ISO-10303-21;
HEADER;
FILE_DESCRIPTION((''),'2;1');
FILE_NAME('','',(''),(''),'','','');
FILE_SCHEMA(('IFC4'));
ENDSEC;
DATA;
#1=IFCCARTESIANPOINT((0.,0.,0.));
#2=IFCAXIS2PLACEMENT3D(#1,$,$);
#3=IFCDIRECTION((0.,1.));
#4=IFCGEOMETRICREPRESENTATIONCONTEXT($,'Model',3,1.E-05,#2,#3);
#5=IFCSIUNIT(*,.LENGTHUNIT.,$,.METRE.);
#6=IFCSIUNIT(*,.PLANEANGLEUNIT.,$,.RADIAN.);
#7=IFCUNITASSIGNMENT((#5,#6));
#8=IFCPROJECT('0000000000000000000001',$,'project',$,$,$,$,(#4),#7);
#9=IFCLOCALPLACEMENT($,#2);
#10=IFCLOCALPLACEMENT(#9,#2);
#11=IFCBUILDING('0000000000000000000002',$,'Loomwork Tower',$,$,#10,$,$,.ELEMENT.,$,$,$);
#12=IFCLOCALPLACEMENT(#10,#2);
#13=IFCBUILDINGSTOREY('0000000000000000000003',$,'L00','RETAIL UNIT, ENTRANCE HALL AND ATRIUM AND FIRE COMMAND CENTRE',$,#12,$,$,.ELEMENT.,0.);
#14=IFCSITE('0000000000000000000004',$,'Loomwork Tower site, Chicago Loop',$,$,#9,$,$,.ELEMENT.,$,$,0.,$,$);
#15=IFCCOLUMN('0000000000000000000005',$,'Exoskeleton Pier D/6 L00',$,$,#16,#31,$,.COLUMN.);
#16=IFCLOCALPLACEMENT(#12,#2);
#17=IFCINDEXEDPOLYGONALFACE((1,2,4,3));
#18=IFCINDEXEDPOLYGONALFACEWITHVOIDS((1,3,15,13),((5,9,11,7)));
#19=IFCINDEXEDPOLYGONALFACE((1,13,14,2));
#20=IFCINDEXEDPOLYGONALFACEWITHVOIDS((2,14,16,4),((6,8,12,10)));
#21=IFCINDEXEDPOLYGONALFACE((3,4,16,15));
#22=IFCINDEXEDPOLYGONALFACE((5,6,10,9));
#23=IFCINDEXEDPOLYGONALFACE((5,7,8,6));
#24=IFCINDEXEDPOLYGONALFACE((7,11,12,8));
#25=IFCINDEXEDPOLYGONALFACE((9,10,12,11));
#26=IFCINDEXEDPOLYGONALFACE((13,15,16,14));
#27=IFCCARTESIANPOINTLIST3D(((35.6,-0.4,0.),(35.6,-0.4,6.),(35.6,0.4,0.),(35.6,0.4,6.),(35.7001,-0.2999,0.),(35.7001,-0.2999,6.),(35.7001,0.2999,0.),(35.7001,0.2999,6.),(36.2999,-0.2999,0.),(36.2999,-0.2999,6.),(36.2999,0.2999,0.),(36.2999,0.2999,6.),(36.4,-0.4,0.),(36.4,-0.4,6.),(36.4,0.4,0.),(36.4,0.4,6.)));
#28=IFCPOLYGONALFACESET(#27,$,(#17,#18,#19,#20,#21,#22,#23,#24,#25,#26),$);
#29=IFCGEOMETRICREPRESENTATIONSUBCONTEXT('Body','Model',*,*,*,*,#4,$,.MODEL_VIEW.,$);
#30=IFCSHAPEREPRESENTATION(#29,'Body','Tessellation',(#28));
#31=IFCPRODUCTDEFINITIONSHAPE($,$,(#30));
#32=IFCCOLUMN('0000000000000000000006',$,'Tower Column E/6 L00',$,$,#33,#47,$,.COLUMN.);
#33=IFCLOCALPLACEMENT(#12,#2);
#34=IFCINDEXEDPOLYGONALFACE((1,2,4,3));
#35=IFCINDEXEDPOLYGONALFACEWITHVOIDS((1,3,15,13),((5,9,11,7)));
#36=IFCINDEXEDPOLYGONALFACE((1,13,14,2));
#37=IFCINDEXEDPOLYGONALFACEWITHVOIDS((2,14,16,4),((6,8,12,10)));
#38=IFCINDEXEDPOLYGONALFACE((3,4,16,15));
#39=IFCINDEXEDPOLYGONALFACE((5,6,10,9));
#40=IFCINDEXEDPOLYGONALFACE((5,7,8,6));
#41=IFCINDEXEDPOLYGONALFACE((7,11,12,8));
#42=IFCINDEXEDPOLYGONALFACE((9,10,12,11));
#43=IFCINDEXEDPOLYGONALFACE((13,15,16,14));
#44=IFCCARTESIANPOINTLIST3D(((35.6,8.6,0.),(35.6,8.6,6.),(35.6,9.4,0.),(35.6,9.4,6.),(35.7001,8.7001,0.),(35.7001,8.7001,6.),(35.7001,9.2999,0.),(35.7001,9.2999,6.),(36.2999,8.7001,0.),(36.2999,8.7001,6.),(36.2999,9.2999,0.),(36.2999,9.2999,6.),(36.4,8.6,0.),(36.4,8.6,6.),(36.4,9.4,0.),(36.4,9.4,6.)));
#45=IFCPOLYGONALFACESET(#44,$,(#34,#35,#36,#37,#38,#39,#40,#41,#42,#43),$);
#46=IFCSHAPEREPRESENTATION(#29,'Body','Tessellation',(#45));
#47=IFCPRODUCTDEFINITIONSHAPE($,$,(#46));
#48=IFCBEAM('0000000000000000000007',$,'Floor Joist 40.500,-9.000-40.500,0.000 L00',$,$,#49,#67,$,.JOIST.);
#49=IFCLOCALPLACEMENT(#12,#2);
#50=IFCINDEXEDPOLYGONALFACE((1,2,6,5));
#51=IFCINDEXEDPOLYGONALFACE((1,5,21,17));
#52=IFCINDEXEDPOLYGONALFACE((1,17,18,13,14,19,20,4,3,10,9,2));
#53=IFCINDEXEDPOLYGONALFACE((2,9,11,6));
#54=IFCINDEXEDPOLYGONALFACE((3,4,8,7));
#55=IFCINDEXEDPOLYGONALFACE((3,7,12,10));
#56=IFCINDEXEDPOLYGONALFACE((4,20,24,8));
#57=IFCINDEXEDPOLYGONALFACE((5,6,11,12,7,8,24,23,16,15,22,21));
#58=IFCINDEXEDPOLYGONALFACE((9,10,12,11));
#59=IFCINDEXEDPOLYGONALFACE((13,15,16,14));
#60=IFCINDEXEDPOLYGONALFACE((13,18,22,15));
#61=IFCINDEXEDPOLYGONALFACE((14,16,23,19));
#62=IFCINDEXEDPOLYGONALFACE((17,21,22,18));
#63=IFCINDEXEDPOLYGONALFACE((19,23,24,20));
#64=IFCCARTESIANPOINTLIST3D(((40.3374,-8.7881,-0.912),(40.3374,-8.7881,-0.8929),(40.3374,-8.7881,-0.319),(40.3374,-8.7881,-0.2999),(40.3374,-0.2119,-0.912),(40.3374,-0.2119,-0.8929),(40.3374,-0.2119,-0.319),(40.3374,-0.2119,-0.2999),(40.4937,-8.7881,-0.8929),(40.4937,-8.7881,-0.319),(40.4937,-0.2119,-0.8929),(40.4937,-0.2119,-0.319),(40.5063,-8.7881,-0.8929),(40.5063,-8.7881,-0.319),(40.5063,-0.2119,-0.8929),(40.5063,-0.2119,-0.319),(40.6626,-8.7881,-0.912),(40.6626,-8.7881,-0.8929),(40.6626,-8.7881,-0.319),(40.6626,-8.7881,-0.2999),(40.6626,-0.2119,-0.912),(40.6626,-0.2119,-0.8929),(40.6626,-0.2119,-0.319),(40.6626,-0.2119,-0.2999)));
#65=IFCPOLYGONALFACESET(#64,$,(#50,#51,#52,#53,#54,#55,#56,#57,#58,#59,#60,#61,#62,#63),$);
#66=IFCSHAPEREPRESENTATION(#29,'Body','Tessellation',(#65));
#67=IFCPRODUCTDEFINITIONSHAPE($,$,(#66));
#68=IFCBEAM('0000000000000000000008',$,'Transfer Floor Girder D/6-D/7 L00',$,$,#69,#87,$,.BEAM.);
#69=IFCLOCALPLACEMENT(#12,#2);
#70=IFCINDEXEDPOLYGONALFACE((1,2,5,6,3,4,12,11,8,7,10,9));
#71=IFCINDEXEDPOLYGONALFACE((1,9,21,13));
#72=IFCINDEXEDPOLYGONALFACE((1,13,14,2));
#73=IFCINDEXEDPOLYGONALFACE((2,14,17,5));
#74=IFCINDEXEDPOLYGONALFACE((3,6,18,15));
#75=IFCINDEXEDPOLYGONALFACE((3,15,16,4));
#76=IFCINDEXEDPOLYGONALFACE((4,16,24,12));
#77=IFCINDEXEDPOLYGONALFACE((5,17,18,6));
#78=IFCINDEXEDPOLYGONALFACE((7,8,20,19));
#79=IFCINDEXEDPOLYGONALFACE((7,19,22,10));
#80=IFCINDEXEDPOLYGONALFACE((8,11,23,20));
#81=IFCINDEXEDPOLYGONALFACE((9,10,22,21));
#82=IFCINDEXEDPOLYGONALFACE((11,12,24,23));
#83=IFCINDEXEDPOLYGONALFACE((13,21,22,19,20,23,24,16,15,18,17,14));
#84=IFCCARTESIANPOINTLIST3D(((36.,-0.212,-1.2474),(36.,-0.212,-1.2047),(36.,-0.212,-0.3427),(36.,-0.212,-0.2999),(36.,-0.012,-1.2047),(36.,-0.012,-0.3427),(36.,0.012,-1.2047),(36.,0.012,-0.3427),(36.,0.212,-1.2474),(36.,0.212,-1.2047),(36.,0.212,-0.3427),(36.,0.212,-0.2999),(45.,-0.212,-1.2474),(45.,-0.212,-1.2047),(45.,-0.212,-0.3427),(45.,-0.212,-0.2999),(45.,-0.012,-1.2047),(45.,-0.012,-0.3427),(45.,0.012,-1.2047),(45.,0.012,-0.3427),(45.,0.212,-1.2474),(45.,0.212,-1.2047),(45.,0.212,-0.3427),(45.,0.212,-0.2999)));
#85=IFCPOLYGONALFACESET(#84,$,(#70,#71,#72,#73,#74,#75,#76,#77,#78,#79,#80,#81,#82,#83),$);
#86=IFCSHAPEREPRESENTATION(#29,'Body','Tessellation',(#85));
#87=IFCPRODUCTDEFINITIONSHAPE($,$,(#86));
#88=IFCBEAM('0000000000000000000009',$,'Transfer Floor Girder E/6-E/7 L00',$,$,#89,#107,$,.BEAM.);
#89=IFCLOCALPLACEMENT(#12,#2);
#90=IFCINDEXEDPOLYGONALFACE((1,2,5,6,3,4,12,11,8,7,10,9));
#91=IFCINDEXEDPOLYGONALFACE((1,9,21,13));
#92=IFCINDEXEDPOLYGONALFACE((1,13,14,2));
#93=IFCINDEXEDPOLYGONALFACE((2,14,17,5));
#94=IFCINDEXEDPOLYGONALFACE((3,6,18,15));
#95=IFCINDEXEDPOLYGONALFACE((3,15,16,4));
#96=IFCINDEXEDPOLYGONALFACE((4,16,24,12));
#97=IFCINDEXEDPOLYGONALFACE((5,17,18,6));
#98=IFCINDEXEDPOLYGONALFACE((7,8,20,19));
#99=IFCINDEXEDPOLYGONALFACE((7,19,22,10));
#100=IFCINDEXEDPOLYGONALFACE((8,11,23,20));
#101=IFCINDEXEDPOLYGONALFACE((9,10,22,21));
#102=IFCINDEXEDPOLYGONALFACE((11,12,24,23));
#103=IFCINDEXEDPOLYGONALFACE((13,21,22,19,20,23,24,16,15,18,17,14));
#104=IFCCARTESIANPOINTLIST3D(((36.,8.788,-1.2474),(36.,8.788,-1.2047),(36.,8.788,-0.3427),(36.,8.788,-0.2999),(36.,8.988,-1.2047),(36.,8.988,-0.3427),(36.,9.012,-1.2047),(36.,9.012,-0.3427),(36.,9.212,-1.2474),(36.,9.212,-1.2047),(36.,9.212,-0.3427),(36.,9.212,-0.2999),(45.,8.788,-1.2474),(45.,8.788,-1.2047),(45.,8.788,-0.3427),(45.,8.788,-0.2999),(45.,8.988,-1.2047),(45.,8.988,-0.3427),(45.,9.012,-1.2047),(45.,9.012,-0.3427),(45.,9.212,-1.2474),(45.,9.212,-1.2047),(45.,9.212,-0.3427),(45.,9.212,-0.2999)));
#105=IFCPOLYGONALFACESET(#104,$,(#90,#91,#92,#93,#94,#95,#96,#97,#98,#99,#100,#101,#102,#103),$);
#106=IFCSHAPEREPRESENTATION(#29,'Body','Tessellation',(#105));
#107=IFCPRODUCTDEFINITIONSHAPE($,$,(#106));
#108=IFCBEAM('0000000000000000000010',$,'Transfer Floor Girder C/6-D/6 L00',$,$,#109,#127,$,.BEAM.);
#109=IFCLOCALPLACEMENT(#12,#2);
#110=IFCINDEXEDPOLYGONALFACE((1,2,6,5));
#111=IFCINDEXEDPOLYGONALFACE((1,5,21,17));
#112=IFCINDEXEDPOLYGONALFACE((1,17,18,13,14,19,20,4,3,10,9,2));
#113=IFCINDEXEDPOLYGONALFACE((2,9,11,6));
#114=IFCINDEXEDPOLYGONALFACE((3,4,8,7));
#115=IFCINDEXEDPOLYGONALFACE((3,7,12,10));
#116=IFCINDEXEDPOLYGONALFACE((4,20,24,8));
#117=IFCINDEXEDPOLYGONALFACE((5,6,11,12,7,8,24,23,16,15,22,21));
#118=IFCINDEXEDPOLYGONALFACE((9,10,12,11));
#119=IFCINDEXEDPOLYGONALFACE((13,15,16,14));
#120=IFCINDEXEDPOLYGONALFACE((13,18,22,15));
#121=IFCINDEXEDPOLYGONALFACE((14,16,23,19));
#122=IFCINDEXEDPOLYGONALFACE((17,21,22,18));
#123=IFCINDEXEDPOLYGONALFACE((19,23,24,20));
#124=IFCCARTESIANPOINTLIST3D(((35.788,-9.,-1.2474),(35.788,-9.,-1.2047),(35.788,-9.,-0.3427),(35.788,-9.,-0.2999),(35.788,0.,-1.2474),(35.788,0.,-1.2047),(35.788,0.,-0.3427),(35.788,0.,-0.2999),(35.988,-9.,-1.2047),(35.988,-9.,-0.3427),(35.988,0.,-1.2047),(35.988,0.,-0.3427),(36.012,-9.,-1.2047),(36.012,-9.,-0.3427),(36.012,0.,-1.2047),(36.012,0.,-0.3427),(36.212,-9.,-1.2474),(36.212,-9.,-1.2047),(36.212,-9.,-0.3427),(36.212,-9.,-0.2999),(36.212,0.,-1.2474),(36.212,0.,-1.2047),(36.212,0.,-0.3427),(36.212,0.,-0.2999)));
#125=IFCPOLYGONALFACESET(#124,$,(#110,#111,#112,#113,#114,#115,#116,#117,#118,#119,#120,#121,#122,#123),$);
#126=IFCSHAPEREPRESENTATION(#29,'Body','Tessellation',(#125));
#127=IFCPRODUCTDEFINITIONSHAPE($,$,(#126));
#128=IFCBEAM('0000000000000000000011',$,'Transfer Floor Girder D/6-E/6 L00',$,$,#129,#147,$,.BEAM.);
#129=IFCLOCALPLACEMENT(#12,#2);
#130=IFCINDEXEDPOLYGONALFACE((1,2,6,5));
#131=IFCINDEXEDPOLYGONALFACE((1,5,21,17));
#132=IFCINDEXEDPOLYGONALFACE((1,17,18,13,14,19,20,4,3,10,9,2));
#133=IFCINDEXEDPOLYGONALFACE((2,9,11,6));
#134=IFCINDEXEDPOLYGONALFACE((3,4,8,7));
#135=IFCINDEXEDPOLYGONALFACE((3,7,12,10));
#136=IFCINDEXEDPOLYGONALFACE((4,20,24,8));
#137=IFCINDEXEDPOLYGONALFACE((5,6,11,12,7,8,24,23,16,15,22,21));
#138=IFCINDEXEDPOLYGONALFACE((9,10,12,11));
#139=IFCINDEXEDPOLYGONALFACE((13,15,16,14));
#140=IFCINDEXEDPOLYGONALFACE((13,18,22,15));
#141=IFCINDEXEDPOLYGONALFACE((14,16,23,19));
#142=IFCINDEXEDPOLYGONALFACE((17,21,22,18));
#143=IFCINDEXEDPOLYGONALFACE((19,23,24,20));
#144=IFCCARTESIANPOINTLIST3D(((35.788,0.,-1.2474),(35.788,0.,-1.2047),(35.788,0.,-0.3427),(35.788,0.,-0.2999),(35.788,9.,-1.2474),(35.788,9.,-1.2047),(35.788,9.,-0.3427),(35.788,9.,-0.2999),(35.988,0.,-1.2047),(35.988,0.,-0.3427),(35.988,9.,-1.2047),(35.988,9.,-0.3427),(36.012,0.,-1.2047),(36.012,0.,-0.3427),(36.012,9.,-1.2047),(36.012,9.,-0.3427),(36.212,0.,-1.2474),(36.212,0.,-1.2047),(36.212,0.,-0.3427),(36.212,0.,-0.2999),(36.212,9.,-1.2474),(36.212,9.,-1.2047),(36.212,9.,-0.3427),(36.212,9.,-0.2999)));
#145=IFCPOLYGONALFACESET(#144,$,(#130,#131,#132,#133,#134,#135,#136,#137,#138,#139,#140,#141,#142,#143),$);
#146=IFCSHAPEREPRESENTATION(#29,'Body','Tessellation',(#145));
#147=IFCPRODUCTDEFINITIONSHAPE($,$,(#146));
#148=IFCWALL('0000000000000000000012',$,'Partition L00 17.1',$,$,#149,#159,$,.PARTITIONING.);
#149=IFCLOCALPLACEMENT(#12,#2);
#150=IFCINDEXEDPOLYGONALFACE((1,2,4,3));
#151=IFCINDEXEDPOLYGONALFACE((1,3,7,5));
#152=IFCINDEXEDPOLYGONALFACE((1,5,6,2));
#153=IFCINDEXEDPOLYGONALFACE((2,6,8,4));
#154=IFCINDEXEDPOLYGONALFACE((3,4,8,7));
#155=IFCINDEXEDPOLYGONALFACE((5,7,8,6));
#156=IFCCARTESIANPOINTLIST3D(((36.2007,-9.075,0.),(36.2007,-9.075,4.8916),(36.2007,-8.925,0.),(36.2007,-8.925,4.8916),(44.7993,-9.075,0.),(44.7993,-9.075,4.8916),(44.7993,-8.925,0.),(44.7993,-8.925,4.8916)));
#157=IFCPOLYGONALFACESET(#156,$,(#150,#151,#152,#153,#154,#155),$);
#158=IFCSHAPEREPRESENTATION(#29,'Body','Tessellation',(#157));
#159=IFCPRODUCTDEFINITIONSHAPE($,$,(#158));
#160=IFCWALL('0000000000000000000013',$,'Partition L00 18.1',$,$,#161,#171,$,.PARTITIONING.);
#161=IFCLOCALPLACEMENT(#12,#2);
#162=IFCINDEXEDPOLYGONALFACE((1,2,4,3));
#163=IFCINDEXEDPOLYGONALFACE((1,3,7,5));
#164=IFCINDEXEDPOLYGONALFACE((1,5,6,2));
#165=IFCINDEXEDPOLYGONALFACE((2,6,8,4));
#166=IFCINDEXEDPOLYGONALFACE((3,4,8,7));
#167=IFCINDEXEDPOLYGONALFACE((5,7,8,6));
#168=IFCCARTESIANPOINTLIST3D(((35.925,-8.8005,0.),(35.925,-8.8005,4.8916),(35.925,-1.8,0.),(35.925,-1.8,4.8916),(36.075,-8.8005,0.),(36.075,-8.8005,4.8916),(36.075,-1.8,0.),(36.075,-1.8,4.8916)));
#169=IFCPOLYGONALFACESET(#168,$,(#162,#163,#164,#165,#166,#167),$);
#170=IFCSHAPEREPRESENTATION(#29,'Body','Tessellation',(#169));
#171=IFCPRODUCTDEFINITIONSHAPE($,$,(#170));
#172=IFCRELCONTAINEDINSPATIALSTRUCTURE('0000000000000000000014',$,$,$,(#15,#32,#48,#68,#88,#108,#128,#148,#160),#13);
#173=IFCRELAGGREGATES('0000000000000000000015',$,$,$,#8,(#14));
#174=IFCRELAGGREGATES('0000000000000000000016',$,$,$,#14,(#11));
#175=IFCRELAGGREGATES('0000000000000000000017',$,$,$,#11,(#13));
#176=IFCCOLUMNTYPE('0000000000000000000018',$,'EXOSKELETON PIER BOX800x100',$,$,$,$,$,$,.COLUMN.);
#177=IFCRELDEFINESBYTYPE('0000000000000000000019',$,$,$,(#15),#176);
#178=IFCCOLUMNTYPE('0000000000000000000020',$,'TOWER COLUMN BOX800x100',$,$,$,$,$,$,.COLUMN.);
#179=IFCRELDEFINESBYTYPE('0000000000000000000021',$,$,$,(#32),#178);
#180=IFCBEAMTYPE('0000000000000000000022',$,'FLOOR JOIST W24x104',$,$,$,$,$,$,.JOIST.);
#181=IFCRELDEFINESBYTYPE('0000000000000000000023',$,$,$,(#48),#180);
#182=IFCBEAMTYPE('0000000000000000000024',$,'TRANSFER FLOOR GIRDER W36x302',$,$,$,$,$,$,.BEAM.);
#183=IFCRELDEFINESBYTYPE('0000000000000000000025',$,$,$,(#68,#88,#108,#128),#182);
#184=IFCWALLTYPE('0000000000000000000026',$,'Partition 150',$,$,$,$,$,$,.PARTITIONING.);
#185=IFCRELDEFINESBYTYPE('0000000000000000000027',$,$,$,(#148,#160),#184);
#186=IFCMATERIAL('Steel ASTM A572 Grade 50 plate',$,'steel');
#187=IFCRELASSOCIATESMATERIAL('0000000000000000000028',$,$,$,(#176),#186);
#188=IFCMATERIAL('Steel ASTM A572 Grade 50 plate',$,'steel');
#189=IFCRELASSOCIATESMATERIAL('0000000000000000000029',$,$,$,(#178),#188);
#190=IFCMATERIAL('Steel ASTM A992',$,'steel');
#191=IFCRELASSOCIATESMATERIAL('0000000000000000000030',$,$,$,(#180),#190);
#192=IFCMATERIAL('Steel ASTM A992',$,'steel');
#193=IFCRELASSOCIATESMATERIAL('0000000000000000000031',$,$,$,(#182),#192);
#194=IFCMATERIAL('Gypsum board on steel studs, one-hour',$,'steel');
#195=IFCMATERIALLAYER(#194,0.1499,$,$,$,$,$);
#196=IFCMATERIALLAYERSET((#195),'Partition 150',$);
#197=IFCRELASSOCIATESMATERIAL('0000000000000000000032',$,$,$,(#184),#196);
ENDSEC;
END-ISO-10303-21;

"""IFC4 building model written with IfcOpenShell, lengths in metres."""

from ifc_helpers import new_model, si_unit, direction, frame, frame_2d, origin, origin_2d, place, context, subcontext, project, spatial, rectangle, hollow_rectangle, i_section, extrude, material, layer, layer_set, material_profile, profile_set, type_object, element, save


model = new_model("IFC4")

# Units and contexts
model_context = context("Model", 3, precision=1e-05, world=origin(), true_north=direction((0.0, 1.0)))
body_context = subcontext(model_context, "Body", "Model", "MODEL_VIEW")
ifc_project = project(units=[si_unit("LENGTHUNIT", "METRE"), si_unit("PLANEANGLEUNIT", "RADIAN")], contexts=[model_context])

# Site, building, storey
site_placement = place(None, origin())
site = spatial("IfcSite", under=ifc_project, at=site_placement, Name="Loomwork Tower site, Chicago Loop", CompositionType="ELEMENT", RefElevation=0.0)
building_placement = place(site_placement, origin())
building = spatial("IfcBuilding", under=site, at=building_placement, Name="Loomwork Tower", CompositionType="ELEMENT")
storey_placement = place(building_placement, origin())
storey = spatial("IfcBuildingStorey", under=building, at=storey_placement, Name="L00", Description="RETAIL UNIT, ENTRANCE HALL AND ATRIUM AND FIRE COMMAND CENTRE", CompositionType="ELEMENT", Elevation=0.0)

# Columns
ifc_material_1 = material(Name="Steel ASTM A572 Grade 50 plate", Category="steel")
ifc_material_profile_1 = material_profile(ifc_material_1, hollow_rectangle(XDim=0.8, YDim=0.8, WallThickness=0.1001, at=origin_2d()), Name="BOX800x100")
ifc_profile_set_1 = profile_set([ifc_material_profile_1], Name="Steel ASTM A572 Grade 50 plate")
column_type_1 = type_object("IfcColumnType", Name="EXOSKELETON PIER BOX800x100", PredefinedType="COLUMN", material=ifc_profile_set_1)
column_1_placement = place(storey_placement, frame((36.0, 0.0, 0.0), z_axis=(0.0, 0.0, 1.0), x_axis=(1.0, 0.0, 0.0)))
element("IfcColumn", 1, at=column_1_placement, inside=storey, type_object=column_type_1, Name="Exoskeleton Pier D/6 L00", PredefinedType="COLUMN", context=body_context, shape_type="SweptSolid", body=[
    extrude(hollow_rectangle(XDim=0.8, YDim=0.8, WallThickness=0.1001, at=origin_2d()), origin(), (0.0, 0.0, 1.0), 6.0),
])
ifc_material_2 = material(Name="Steel ASTM A572 Grade 50 plate", Category="steel")
ifc_material_profile_2 = material_profile(ifc_material_2, hollow_rectangle(XDim=0.8, YDim=0.8, WallThickness=0.1001, at=origin_2d()), Name="BOX800x100")
ifc_profile_set_2 = profile_set([ifc_material_profile_2], Name="Steel ASTM A572 Grade 50 plate")
column_type_2 = type_object("IfcColumnType", Name="TOWER COLUMN BOX800x100", PredefinedType="COLUMN", material=ifc_profile_set_2)
column_2_placement = place(storey_placement, frame((36.0, 9.0, 0.0), z_axis=(0.0, 0.0, 1.0), x_axis=(0.0, 1.0, 0.0)))
element("IfcColumn", 2, at=column_2_placement, inside=storey, type_object=column_type_2, Name="Tower Column E/6 L00", PredefinedType="COLUMN", context=body_context, shape_type="SweptSolid", body=[
    extrude(hollow_rectangle(XDim=0.8, YDim=0.8, WallThickness=0.1001, at=origin_2d()), origin(), (0.0, 0.0, 1.0), 6.0),
])

# Beams
ifc_material_3 = material(Name="Steel ASTM A992", Category="steel")
ifc_material_profile_3 = material_profile(ifc_material_3, i_section(OverallWidth=0.3252, OverallDepth=0.6121, WebThickness=0.0127, FlangeThickness=0.019, at=origin_2d()), Name="W24x104")
ifc_profile_set_3 = profile_set([ifc_material_profile_3], Name="Steel ASTM A992")
beam_type_1 = type_object("IfcBeamType", Name="FLOOR JOIST W24x104", PredefinedType="JOIST", material=ifc_profile_set_3)
beam_placement = place(storey_placement, frame((40.5, -8.7881, -0.606), z_axis=(0.0, 1.0, 0.0), x_axis=(-1.0, 0.0, 0.0)))
element("IfcBeam", 3, at=beam_placement, inside=storey, type_object=beam_type_1, Name="Floor Joist 40.500,-9.000-40.500,0.000 L00", PredefinedType="JOIST", context=body_context, shape_type="SweptSolid", body=[
    extrude(i_section(OverallWidth=0.3252, OverallDepth=0.6121, WebThickness=0.0127, FlangeThickness=0.019, at=origin_2d()), origin(), (0.0, 0.0, 1.0), 8.5762),
])
ifc_material_4 = material(Name="Steel ASTM A992", Category="steel")
ifc_material_profile_4 = material_profile(ifc_material_4, i_section(OverallWidth=0.4241, OverallDepth=0.9475, WebThickness=0.0239, FlangeThickness=0.0427, at=origin_2d()), Name="W36x302")
ifc_profile_set_4 = profile_set([ifc_material_profile_4], Name="Steel ASTM A992")
beam_type_2 = type_object("IfcBeamType", Name="TRANSFER FLOOR GIRDER W36x302", PredefinedType="BEAM", material=ifc_profile_set_4)
for number, where, z_axis, x_axis, name in (
    (4, (36.0, 0.0, -0.7737), (1.0, 0.0, 0.0), (0.0, 1.0, 0.0), "Transfer Floor Girder D/6-D/7 L00"),
    (5, (36.0, 9.0, -0.7737), (1.0, 0.0, 0.0), (0.0, 1.0, 0.0), "Transfer Floor Girder E/6-E/7 L00"),
    (6, (36.0, -9.0, -0.7737), (0.0, 1.0, 0.0), (-1.0, 0.0, 0.0), "Transfer Floor Girder C/6-D/6 L00"),
    (7, (36.0, 0.0, -0.7737), (0.0, 1.0, 0.0), (-1.0, 0.0, 0.0), "Transfer Floor Girder D/6-E/6 L00"),
):
    element("IfcBeam", number, at=place(storey_placement, frame(where, z_axis=z_axis, x_axis=x_axis)), inside=storey, type_object=beam_type_2, Name=name, PredefinedType="BEAM", context=body_context, shape_type="SweptSolid", body=[
        extrude(i_section(OverallWidth=0.4241, OverallDepth=0.9475, WebThickness=0.0239, FlangeThickness=0.0427, at=origin_2d()), origin(), (0.0, 0.0, 1.0), 9.0),
    ])

# Walls
ifc_material_5 = material(Name="Gypsum board on steel studs, one-hour", Category="steel")
ifc_layer_1 = layer(ifc_material_5, 0.1499)
ifc_layer_set_1 = layer_set([ifc_layer_1], Name="Partition 150")
wall_type_1 = type_object("IfcWallType", Name="Partition 150", PredefinedType="PARTITIONING", material=ifc_layer_set_1)
wall_1_placement = place(storey_placement, frame((36.2007, -9.0, 0.0), z_axis=(0.0, 0.0, 1.0), x_axis=(1.0, 0.0, 0.0)))
element("IfcWall", 8, at=wall_1_placement, inside=storey, type_object=wall_type_1, Name="Partition L00 17.1", PredefinedType="PARTITIONING", context=body_context, shape_type="SweptSolid", body=[
    extrude(rectangle(XDim=8.5986, YDim=0.1499, at=frame_2d((4.2993, 0.0))), origin(), (0.0, 0.0, 1.0), 4.8916),
])
wall_2_placement = place(storey_placement, frame((36.0, -8.8005, 0.0), z_axis=(0.0, 0.0, 1.0), x_axis=(0.0, 1.0, 0.0)))
element("IfcWall", 9, at=wall_2_placement, inside=storey, type_object=wall_type_1, Name="Partition L00 18.1", PredefinedType="PARTITIONING", context=body_context, shape_type="SweptSolid", body=[
    extrude(rectangle(XDim=7.0005, YDim=0.1499, at=frame_2d((3.5002, 0.0))), origin(), (0.0, 0.0, 1.0), 4.8916),
])

save(model, "model.ifc")
